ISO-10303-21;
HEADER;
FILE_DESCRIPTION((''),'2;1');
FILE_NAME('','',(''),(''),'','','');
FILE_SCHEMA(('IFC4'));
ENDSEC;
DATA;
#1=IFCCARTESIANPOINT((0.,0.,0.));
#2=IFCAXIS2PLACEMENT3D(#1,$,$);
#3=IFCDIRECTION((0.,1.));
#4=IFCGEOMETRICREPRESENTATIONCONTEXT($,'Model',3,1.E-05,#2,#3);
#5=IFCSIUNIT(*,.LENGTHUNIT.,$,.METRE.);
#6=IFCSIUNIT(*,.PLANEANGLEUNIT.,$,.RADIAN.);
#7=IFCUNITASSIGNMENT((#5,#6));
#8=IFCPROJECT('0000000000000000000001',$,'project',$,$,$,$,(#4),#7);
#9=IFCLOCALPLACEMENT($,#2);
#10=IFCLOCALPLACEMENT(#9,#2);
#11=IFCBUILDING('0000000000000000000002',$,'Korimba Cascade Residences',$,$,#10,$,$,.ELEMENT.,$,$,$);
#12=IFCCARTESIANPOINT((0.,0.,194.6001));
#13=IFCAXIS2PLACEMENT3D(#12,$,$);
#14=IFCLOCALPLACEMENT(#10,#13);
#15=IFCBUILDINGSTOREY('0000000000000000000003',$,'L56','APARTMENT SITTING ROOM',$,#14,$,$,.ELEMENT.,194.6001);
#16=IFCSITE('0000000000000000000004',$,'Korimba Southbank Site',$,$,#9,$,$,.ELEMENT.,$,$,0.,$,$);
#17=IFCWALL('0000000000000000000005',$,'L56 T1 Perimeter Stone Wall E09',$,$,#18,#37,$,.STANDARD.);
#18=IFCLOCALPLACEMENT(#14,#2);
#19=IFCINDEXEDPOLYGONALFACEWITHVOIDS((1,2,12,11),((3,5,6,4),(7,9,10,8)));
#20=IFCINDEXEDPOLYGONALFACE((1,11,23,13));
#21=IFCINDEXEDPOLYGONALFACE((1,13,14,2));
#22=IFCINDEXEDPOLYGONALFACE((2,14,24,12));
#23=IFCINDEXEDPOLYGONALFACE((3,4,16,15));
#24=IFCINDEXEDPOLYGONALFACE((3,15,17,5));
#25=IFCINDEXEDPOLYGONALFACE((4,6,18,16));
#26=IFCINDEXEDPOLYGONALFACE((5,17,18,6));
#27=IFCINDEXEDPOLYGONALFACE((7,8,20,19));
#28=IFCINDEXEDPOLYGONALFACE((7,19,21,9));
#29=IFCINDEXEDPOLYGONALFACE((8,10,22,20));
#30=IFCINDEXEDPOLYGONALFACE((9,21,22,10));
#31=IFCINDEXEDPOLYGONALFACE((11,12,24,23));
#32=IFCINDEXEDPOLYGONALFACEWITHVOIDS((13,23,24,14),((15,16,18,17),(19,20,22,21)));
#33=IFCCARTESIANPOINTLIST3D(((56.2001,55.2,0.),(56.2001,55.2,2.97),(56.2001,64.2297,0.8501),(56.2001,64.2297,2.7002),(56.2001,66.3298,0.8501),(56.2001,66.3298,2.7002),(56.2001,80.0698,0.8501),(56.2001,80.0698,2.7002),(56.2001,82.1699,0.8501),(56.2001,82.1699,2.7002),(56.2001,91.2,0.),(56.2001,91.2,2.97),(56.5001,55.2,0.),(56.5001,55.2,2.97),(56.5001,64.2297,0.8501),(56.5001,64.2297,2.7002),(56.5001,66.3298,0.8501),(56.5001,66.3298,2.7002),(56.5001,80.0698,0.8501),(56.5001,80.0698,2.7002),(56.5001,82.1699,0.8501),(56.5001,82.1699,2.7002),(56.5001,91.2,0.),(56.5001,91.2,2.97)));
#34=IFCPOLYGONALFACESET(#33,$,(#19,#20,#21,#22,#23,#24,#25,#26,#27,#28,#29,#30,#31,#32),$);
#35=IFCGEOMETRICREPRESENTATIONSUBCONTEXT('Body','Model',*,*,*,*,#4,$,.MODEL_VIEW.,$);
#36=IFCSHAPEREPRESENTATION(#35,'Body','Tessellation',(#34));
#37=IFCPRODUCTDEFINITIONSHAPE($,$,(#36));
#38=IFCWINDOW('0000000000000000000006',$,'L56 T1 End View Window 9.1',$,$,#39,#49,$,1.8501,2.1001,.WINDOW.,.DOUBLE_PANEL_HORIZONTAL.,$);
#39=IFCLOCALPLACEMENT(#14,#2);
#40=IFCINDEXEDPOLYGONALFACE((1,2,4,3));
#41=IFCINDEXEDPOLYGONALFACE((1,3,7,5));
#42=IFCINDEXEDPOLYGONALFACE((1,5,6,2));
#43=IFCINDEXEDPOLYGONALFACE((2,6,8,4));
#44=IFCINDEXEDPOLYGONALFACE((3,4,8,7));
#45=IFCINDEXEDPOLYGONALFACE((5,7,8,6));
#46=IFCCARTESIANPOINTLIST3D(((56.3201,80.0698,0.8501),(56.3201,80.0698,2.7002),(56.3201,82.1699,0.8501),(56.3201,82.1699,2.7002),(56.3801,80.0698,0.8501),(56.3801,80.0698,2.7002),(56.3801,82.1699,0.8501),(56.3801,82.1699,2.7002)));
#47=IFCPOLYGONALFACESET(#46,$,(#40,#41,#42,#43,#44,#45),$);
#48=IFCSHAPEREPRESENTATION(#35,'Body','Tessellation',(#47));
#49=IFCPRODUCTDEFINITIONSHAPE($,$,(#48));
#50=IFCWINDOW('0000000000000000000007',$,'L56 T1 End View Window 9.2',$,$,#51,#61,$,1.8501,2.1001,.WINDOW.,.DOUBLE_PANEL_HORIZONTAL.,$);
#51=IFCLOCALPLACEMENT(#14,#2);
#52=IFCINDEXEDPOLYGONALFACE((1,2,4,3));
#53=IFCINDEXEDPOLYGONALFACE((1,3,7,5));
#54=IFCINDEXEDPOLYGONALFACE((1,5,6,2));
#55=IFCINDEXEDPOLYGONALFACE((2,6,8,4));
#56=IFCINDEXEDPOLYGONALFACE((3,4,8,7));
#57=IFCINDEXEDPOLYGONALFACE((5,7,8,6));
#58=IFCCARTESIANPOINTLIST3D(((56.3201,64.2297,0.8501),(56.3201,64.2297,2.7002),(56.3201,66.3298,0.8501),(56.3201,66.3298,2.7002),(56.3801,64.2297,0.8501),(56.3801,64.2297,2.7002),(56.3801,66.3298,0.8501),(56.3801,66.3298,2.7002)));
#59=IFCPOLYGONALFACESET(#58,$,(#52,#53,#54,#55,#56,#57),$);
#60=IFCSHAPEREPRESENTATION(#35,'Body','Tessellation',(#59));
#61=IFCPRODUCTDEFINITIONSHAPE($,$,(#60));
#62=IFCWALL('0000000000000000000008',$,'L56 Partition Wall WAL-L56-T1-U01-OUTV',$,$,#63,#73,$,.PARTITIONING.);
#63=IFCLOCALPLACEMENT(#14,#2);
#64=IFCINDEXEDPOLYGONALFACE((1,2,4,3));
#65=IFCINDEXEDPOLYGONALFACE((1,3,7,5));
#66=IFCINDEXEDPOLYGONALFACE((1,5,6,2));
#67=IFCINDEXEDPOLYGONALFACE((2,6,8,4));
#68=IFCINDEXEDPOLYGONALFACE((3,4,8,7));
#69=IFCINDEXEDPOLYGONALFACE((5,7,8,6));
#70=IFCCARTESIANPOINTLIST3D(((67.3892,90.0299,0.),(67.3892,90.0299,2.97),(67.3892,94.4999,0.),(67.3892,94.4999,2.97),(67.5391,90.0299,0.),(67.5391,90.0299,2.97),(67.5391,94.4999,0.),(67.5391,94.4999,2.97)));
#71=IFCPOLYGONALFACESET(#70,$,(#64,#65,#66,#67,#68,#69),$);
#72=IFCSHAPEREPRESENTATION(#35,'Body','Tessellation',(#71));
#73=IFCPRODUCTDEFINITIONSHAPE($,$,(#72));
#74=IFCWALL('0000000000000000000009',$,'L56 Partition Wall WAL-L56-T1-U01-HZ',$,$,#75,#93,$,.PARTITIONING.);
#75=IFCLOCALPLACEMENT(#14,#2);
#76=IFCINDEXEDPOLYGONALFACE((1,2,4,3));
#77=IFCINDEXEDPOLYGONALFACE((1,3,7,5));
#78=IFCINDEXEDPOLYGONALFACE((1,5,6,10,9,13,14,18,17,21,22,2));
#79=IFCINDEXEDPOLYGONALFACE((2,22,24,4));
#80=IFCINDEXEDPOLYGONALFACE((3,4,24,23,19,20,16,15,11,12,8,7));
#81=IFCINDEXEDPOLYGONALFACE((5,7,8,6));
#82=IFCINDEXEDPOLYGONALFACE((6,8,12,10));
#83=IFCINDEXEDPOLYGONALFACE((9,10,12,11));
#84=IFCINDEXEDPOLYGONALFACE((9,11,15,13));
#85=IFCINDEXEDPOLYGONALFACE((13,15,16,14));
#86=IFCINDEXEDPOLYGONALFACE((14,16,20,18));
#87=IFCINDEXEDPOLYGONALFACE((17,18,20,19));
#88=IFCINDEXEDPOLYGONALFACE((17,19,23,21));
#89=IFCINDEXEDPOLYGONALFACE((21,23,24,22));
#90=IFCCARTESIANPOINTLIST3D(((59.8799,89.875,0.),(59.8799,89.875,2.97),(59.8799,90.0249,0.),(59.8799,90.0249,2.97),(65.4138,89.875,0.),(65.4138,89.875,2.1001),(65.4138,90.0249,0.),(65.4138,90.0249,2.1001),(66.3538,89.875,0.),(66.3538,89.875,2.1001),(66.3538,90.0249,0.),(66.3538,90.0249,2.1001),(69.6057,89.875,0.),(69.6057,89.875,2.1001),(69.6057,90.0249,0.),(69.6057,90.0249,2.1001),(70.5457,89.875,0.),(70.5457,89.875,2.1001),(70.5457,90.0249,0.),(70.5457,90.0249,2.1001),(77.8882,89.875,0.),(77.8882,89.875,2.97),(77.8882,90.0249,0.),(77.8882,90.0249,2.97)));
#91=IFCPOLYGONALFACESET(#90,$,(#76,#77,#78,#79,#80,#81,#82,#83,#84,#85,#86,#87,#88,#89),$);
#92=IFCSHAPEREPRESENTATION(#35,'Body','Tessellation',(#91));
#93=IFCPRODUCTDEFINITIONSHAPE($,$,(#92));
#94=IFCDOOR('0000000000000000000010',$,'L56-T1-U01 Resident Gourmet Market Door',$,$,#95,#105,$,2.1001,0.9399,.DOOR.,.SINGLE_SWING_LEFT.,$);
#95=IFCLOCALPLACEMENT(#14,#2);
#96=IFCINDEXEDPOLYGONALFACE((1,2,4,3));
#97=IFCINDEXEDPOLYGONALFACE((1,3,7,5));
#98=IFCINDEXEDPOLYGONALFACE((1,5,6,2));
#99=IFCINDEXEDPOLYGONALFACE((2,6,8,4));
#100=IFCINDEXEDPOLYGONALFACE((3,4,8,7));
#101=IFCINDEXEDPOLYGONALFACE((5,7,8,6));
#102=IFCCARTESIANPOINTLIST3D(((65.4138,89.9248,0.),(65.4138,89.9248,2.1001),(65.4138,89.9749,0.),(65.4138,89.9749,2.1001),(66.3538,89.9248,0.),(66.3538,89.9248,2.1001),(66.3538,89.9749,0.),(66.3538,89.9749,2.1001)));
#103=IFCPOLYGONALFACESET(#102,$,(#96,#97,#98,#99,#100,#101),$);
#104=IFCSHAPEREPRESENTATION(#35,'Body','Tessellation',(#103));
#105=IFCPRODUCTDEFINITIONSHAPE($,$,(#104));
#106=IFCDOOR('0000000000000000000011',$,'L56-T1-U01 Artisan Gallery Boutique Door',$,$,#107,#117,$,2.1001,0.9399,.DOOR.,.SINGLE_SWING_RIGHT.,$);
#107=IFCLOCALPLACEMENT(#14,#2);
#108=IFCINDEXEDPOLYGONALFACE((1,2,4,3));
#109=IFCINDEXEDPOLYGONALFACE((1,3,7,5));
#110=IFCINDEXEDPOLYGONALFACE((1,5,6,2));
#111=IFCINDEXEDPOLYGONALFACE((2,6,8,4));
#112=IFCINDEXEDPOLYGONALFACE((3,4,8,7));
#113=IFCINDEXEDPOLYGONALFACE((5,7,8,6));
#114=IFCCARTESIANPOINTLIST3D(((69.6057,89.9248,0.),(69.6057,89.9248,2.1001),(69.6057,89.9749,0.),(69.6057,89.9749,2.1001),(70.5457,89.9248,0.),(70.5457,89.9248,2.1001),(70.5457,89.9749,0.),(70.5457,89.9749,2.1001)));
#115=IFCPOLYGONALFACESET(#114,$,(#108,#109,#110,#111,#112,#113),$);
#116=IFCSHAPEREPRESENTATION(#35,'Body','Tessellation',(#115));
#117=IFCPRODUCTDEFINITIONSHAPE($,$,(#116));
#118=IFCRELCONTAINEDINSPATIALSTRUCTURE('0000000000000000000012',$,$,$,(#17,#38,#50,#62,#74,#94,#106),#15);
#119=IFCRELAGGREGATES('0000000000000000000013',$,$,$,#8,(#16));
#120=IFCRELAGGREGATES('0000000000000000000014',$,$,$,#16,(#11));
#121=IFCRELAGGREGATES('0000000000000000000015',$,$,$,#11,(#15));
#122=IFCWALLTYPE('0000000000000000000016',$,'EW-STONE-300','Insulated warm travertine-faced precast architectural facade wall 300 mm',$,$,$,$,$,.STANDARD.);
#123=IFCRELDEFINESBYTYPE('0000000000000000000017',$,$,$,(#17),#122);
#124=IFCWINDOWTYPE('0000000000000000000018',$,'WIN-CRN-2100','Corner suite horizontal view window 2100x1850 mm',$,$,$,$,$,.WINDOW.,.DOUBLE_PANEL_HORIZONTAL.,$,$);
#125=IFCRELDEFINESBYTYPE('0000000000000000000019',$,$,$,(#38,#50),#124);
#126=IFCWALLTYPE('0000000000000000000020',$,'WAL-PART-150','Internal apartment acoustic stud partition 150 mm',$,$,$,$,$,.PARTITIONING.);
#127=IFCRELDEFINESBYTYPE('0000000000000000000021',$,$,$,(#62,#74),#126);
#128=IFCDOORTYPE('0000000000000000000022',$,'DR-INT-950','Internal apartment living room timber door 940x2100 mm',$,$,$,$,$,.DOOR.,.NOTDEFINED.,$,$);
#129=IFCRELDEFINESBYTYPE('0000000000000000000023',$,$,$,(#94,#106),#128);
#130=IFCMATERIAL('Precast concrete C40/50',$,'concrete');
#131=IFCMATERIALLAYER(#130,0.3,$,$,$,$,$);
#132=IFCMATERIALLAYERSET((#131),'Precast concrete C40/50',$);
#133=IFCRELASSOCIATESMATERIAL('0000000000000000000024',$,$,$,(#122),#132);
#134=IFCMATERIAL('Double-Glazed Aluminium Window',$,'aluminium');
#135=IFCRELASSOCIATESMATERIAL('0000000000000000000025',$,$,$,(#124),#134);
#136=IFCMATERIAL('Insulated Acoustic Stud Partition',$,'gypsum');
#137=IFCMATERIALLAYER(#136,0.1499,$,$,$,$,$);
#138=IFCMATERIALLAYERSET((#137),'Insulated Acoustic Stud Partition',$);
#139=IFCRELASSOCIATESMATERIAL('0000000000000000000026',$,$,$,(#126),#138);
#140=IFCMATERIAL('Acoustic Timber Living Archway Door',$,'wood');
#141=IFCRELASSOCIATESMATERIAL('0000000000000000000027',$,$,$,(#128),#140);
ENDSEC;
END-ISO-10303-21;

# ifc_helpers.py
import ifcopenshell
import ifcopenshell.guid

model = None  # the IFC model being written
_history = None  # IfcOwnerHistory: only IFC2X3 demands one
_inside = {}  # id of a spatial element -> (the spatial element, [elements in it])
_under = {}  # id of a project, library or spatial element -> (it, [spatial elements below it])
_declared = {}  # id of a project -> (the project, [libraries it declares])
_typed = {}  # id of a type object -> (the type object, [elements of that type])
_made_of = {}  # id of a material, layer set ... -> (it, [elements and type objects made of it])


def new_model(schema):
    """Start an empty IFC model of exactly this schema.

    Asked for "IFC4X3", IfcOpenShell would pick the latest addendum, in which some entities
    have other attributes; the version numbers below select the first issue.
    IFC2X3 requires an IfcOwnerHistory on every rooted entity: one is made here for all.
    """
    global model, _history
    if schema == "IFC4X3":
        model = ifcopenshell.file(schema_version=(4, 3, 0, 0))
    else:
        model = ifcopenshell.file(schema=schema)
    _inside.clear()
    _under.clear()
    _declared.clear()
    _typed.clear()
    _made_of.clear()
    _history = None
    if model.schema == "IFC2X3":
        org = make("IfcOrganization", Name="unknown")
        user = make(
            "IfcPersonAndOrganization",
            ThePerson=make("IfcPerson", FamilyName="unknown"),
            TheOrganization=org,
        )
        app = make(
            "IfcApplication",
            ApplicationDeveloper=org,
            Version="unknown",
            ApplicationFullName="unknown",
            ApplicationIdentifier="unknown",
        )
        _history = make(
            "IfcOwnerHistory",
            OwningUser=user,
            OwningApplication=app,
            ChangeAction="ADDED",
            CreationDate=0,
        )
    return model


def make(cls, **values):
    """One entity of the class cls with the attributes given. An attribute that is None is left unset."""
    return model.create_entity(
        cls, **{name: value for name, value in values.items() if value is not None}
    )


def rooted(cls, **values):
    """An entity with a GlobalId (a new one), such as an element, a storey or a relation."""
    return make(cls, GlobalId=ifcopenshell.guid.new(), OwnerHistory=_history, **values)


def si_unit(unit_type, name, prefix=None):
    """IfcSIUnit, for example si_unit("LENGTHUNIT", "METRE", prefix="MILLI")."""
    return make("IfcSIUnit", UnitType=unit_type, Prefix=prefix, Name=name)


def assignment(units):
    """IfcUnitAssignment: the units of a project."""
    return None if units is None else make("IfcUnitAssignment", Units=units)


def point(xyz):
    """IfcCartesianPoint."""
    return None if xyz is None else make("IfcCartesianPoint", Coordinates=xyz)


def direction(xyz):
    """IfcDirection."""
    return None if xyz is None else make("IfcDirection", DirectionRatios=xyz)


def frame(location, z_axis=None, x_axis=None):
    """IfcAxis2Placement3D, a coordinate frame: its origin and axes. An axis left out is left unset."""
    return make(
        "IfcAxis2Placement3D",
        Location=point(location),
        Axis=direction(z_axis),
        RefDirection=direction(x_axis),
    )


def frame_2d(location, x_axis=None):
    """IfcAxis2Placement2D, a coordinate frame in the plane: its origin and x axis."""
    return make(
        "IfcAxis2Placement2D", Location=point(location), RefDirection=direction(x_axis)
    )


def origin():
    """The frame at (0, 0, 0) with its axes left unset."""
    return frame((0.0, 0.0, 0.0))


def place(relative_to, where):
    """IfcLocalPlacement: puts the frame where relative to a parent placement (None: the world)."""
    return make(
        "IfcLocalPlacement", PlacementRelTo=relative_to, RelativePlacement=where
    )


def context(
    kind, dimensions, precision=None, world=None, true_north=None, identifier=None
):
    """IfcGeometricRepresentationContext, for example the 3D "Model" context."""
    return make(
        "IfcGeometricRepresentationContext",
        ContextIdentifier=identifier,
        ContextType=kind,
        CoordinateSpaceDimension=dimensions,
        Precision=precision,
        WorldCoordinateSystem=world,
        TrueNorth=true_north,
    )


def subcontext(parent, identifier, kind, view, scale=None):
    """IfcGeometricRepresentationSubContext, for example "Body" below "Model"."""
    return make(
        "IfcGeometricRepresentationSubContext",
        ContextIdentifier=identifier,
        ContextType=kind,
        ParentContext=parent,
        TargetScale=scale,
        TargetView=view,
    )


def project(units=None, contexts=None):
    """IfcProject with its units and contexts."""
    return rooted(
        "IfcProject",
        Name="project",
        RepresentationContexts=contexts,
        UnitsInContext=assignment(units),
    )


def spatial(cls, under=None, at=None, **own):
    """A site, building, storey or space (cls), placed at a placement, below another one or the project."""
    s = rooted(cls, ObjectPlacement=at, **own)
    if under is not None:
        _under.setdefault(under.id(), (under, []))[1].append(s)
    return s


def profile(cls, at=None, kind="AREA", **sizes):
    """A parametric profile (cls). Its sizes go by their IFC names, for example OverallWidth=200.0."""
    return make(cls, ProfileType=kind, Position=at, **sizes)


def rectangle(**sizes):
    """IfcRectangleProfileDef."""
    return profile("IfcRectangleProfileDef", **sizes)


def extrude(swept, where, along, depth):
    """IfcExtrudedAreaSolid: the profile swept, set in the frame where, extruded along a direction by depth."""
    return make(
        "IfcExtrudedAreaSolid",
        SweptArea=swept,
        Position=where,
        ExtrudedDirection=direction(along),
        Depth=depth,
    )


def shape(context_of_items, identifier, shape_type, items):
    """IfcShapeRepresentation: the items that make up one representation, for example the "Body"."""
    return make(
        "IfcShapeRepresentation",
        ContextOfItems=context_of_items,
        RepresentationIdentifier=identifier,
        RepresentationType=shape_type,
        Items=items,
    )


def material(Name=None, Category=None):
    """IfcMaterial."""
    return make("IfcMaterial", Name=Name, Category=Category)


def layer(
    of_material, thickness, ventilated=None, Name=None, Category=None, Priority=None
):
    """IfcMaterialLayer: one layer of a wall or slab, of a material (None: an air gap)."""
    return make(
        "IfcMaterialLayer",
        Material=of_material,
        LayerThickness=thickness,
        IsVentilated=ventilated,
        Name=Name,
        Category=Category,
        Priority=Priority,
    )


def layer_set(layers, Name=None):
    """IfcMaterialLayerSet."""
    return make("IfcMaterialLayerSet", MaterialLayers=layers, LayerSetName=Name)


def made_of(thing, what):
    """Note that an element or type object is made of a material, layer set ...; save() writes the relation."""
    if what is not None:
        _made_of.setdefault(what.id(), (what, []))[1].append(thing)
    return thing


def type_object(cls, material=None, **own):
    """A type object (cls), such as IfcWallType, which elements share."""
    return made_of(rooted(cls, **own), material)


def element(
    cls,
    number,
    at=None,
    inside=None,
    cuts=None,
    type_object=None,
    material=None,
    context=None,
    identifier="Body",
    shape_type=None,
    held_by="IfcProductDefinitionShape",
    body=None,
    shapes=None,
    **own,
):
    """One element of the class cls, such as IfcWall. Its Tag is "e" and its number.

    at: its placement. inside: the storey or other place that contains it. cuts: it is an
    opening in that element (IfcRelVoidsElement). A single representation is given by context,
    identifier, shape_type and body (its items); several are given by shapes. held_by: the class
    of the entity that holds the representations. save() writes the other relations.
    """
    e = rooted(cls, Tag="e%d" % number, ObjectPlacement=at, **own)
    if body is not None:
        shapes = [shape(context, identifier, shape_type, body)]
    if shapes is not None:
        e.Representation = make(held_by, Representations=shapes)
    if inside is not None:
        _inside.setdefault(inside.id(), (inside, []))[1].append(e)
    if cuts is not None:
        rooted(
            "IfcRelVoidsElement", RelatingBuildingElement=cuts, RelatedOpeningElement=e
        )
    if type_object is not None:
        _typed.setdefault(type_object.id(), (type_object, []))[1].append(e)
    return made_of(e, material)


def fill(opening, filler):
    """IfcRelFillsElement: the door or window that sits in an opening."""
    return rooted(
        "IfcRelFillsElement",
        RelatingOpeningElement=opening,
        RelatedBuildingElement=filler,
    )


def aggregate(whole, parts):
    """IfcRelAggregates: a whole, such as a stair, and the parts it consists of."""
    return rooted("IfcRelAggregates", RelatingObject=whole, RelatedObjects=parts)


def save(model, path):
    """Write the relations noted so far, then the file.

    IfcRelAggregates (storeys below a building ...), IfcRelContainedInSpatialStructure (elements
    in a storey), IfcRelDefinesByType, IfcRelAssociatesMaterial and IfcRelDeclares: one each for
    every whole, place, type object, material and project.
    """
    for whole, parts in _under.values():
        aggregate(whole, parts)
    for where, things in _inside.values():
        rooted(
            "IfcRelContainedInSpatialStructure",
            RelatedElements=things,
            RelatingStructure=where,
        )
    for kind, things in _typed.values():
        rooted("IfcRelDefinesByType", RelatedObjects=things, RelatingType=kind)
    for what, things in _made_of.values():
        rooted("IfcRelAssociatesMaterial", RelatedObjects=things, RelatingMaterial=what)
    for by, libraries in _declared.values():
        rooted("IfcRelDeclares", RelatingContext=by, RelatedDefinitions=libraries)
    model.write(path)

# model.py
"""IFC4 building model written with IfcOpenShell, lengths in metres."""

from ifc_helpers import new_model, si_unit, direction, frame, frame_2d, origin, place, context, subcontext, project, spatial, rectangle, extrude, material, layer, layer_set, type_object, element, fill, save


model = new_model("IFC4")

# Units and contexts
model_context = context("Model", 3, precision=1e-05, world=origin(), true_north=direction((0.0, 1.0)))
body_context = subcontext(model_context, "Body", "Model", "MODEL_VIEW")
ifc_project = project(units=[si_unit("LENGTHUNIT", "METRE"), si_unit("PLANEANGLEUNIT", "RADIAN")], contexts=[model_context])

# Site, building, storey
site_placement = place(None, origin())
site = spatial("IfcSite", under=ifc_project, at=site_placement, Name="Korimba Southbank Site", CompositionType="ELEMENT", RefElevation=0.0)
building_placement = place(site_placement, origin())
building = spatial("IfcBuilding", under=site, at=building_placement, Name="Korimba Cascade Residences", CompositionType="ELEMENT")
storey_placement = place(building_placement, frame((0.0, 0.0, 194.6001)))
storey = spatial("IfcBuildingStorey", under=building, at=storey_placement, Name="L56", Description="APARTMENT SITTING ROOM", CompositionType="ELEMENT", Elevation=194.6001)

# Shared definitions
ifc_material_1 = material(Name="Precast concrete C40/50", Category="concrete")
ifc_layer_1 = layer(ifc_material_1, 0.3)
ifc_layer_set_1 = layer_set([ifc_layer_1], Name="Precast concrete C40/50")
wall_type_1 = type_object("IfcWallType", Name="EW-STONE-300", Description="Insulated warm travertine-faced precast architectural facade wall 300 mm", PredefinedType="STANDARD", material=ifc_layer_set_1)

# Wall, openings, windows
wall_1_placement = place(storey_placement, frame((56.3501, 91.2, 0.0), z_axis=(0.0, 0.0, 1.0), x_axis=(0.0, -1.0, 0.0)))
wall_1 = element("IfcWall", 1, at=wall_1_placement, inside=storey, type_object=wall_type_1, Name="L56 T1 Perimeter Stone Wall E09", PredefinedType="STANDARD", context=body_context, shape_type="SweptSolid", body=[
    extrude(rectangle(XDim=36.0, YDim=0.3, at=frame_2d((18.0, 0.0))), origin(), (0.0, 0.0, 1.0), 2.97),
])
opening_1_placement = place(wall_1_placement, frame((9.03, 0.0, 0.8501)))
opening_1 = element("IfcOpeningElement", 2, at=opening_1_placement, cuts=wall_1, PredefinedType="OPENING", context=body_context, shape_type="SweptSolid", body=[
    extrude(rectangle(XDim=2.1001, YDim=1.8501, at=frame_2d((1.05, 0.925))), frame((0.0, 0.1602, 0.0), z_axis=(0.0, -1.0, 0.0), x_axis=(1.0, 0.0, 0.0)), (0.0, 0.0, 1.0), 0.3201),
])
opening_2_placement = place(wall_1_placement, frame((24.8701, 0.0, 0.8501)))
opening_2 = element("IfcOpeningElement", 3, at=opening_2_placement, cuts=wall_1, PredefinedType="OPENING", context=body_context, shape_type="SweptSolid", body=[
    extrude(rectangle(XDim=2.1001, YDim=1.8501, at=frame_2d((1.05, 0.925))), frame((0.0, 0.1602, 0.0), z_axis=(0.0, -1.0, 0.0), x_axis=(1.0, 0.0, 0.0)), (0.0, 0.0, 1.0), 0.3201),
])
ifc_material_2 = material(Name="Double-Glazed Aluminium Window", Category="aluminium")
window_type = type_object("IfcWindowType", Name="WIN-CRN-2100", Description="Corner suite horizontal view window 2100x1850 mm", PartitioningType="DOUBLE_PANEL_HORIZONTAL", PredefinedType="WINDOW", material=ifc_material_2)
window_1_placement = place(opening_1_placement, origin())
window_1 = element("IfcWindow", 4, at=window_1_placement, inside=storey, type_object=window_type, Name="L56 T1 End View Window 9.1", OverallHeight=1.8501, OverallWidth=2.1001, PartitioningType="DOUBLE_PANEL_HORIZONTAL", PredefinedType="WINDOW", context=body_context, shape_type="SweptSolid", body=[
    extrude(rectangle(XDim=2.1001, YDim=1.8501, at=frame_2d((1.05, 0.925))), frame((0.0, 0.03, 0.0), z_axis=(0.0, -1.0, 0.0), x_axis=(1.0, 0.0, 0.0)), (0.0, 0.0, 1.0), 0.0601),
])
fill(opening_1, window_1)
window_2_placement = place(opening_2_placement, origin())
window_2 = element("IfcWindow", 5, at=window_2_placement, inside=storey, type_object=window_type, Name="L56 T1 End View Window 9.2", OverallHeight=1.8501, OverallWidth=2.1001, PartitioningType="DOUBLE_PANEL_HORIZONTAL", PredefinedType="WINDOW", context=body_context, shape_type="SweptSolid", body=[
    extrude(rectangle(XDim=2.1001, YDim=1.8501, at=frame_2d((1.05, 0.925))), frame((0.0, 0.03, 0.0), z_axis=(0.0, -1.0, 0.0), x_axis=(1.0, 0.0, 0.0)), (0.0, 0.0, 1.0), 0.0601),
])
fill(opening_2, window_2)

# Wall
ifc_material_3 = material(Name="Insulated Acoustic Stud Partition", Category="gypsum")
ifc_layer_2 = layer(ifc_material_3, 0.1499)
ifc_layer_set_2 = layer_set([ifc_layer_2], Name="Insulated Acoustic Stud Partition")
wall_type_2 = type_object("IfcWallType", Name="WAL-PART-150", Description="Internal apartment acoustic stud partition 150 mm", PredefinedType="PARTITIONING", material=ifc_layer_set_2)
wall_2_placement = place(storey_placement, frame((67.4641, 90.03, 0.0), z_axis=(0.0, 0.0, 1.0), x_axis=(0.0, 1.0, 0.0)))
element("IfcWall", 6, at=wall_2_placement, inside=storey, type_object=wall_type_2, Name="L56 Partition Wall WAL-L56-T1-U01-OUTV", PredefinedType="PARTITIONING", context=body_context, shape_type="SweptSolid", body=[
    extrude(rectangle(XDim=4.47, YDim=0.1499, at=frame_2d((2.2349, 0.0))), origin(), (0.0, 0.0, 1.0), 2.97),
])

# Wall, openings, doors
wall_3_placement = place(storey_placement, frame((59.8799, 89.95, 0.0), z_axis=(0.0, 0.0, 1.0), x_axis=(1.0, 0.0, 0.0)))
wall_3 = element("IfcWall", 7, at=wall_3_placement, inside=storey, type_object=wall_type_2, Name="L56 Partition Wall WAL-L56-T1-U01-HZ", PredefinedType="PARTITIONING", context=body_context, shape_type="SweptSolid", body=[
    extrude(rectangle(XDim=18.0083, YDim=0.1499, at=frame_2d((9.0042, 0.0))), origin(), (0.0, 0.0, 1.0), 2.97),
])
opening_3_placement = place(wall_3_placement, frame((5.5339, 0.0, 0.0)))
opening_3 = element("IfcOpeningElement", 8, at=opening_3_placement, cuts=wall_3, PredefinedType="OPENING", context=body_context, shape_type="SweptSolid", body=[
    extrude(rectangle(XDim=0.9399, YDim=2.1001, at=frame_2d((0.47, 1.05))), frame((0.0, 0.085, 0.0), z_axis=(0.0, -1.0, 0.0), x_axis=(1.0, 0.0, 0.0)), (0.0, 0.0, 1.0), 0.1699),
])
opening_4_placement = place(wall_3_placement, frame((9.7258, 0.0, 0.0)))
opening_4 = element("IfcOpeningElement", 9, at=opening_4_placement, cuts=wall_3, PredefinedType="OPENING", context=body_context, shape_type="SweptSolid", body=[
    extrude(rectangle(XDim=0.9399, YDim=2.1001, at=frame_2d((0.47, 1.05))), frame((0.0, 0.085, 0.0), z_axis=(0.0, -1.0, 0.0), x_axis=(1.0, 0.0, 0.0)), (0.0, 0.0, 1.0), 0.1699),
])
ifc_material_4 = material(Name="Acoustic Timber Living Archway Door", Category="wood")
door_type = type_object("IfcDoorType", Name="DR-INT-950", Description="Internal apartment living room timber door 940x2100 mm", OperationType="NOTDEFINED", PredefinedType="DOOR", material=ifc_material_4)
door_1_placement = place(opening_3_placement, origin())
door_1 = element("IfcDoor", 10, at=door_1_placement, inside=storey, type_object=door_type, Name="L56-T1-U01 Resident Gourmet Market Door", OperationType="SINGLE_SWING_LEFT", OverallHeight=2.1001, OverallWidth=0.9399, PredefinedType="DOOR", context=body_context, shape_type="SweptSolid", body=[
    extrude(rectangle(XDim=0.9399, YDim=2.1001, at=frame_2d((0.47, 1.05))), frame((0.0, 0.0249, 0.0), z_axis=(0.0, -1.0, 0.0), x_axis=(1.0, 0.0, 0.0)), (0.0, 0.0, 1.0), 0.05),
])
fill(opening_3, door_1)
door_2_placement = place(opening_4_placement, origin())
door_2 = element("IfcDoor", 11, at=door_2_placement, inside=storey, type_object=door_type, Name="L56-T1-U01 Artisan Gallery Boutique Door", OperationType="SINGLE_SWING_RIGHT", OverallHeight=2.1001, OverallWidth=0.9399, PredefinedType="DOOR", context=body_context, shape_type="SweptSolid", body=[
    extrude(rectangle(XDim=0.9399, YDim=2.1001, at=frame_2d((0.47, 1.05))), frame((0.0, 0.0249, 0.0), z_axis=(0.0, -1.0, 0.0), x_axis=(1.0, 0.0, 0.0)), (0.0, 0.0, 1.0), 0.05),
])
fill(opening_4, door_2)

save(model, "model.ifc")
